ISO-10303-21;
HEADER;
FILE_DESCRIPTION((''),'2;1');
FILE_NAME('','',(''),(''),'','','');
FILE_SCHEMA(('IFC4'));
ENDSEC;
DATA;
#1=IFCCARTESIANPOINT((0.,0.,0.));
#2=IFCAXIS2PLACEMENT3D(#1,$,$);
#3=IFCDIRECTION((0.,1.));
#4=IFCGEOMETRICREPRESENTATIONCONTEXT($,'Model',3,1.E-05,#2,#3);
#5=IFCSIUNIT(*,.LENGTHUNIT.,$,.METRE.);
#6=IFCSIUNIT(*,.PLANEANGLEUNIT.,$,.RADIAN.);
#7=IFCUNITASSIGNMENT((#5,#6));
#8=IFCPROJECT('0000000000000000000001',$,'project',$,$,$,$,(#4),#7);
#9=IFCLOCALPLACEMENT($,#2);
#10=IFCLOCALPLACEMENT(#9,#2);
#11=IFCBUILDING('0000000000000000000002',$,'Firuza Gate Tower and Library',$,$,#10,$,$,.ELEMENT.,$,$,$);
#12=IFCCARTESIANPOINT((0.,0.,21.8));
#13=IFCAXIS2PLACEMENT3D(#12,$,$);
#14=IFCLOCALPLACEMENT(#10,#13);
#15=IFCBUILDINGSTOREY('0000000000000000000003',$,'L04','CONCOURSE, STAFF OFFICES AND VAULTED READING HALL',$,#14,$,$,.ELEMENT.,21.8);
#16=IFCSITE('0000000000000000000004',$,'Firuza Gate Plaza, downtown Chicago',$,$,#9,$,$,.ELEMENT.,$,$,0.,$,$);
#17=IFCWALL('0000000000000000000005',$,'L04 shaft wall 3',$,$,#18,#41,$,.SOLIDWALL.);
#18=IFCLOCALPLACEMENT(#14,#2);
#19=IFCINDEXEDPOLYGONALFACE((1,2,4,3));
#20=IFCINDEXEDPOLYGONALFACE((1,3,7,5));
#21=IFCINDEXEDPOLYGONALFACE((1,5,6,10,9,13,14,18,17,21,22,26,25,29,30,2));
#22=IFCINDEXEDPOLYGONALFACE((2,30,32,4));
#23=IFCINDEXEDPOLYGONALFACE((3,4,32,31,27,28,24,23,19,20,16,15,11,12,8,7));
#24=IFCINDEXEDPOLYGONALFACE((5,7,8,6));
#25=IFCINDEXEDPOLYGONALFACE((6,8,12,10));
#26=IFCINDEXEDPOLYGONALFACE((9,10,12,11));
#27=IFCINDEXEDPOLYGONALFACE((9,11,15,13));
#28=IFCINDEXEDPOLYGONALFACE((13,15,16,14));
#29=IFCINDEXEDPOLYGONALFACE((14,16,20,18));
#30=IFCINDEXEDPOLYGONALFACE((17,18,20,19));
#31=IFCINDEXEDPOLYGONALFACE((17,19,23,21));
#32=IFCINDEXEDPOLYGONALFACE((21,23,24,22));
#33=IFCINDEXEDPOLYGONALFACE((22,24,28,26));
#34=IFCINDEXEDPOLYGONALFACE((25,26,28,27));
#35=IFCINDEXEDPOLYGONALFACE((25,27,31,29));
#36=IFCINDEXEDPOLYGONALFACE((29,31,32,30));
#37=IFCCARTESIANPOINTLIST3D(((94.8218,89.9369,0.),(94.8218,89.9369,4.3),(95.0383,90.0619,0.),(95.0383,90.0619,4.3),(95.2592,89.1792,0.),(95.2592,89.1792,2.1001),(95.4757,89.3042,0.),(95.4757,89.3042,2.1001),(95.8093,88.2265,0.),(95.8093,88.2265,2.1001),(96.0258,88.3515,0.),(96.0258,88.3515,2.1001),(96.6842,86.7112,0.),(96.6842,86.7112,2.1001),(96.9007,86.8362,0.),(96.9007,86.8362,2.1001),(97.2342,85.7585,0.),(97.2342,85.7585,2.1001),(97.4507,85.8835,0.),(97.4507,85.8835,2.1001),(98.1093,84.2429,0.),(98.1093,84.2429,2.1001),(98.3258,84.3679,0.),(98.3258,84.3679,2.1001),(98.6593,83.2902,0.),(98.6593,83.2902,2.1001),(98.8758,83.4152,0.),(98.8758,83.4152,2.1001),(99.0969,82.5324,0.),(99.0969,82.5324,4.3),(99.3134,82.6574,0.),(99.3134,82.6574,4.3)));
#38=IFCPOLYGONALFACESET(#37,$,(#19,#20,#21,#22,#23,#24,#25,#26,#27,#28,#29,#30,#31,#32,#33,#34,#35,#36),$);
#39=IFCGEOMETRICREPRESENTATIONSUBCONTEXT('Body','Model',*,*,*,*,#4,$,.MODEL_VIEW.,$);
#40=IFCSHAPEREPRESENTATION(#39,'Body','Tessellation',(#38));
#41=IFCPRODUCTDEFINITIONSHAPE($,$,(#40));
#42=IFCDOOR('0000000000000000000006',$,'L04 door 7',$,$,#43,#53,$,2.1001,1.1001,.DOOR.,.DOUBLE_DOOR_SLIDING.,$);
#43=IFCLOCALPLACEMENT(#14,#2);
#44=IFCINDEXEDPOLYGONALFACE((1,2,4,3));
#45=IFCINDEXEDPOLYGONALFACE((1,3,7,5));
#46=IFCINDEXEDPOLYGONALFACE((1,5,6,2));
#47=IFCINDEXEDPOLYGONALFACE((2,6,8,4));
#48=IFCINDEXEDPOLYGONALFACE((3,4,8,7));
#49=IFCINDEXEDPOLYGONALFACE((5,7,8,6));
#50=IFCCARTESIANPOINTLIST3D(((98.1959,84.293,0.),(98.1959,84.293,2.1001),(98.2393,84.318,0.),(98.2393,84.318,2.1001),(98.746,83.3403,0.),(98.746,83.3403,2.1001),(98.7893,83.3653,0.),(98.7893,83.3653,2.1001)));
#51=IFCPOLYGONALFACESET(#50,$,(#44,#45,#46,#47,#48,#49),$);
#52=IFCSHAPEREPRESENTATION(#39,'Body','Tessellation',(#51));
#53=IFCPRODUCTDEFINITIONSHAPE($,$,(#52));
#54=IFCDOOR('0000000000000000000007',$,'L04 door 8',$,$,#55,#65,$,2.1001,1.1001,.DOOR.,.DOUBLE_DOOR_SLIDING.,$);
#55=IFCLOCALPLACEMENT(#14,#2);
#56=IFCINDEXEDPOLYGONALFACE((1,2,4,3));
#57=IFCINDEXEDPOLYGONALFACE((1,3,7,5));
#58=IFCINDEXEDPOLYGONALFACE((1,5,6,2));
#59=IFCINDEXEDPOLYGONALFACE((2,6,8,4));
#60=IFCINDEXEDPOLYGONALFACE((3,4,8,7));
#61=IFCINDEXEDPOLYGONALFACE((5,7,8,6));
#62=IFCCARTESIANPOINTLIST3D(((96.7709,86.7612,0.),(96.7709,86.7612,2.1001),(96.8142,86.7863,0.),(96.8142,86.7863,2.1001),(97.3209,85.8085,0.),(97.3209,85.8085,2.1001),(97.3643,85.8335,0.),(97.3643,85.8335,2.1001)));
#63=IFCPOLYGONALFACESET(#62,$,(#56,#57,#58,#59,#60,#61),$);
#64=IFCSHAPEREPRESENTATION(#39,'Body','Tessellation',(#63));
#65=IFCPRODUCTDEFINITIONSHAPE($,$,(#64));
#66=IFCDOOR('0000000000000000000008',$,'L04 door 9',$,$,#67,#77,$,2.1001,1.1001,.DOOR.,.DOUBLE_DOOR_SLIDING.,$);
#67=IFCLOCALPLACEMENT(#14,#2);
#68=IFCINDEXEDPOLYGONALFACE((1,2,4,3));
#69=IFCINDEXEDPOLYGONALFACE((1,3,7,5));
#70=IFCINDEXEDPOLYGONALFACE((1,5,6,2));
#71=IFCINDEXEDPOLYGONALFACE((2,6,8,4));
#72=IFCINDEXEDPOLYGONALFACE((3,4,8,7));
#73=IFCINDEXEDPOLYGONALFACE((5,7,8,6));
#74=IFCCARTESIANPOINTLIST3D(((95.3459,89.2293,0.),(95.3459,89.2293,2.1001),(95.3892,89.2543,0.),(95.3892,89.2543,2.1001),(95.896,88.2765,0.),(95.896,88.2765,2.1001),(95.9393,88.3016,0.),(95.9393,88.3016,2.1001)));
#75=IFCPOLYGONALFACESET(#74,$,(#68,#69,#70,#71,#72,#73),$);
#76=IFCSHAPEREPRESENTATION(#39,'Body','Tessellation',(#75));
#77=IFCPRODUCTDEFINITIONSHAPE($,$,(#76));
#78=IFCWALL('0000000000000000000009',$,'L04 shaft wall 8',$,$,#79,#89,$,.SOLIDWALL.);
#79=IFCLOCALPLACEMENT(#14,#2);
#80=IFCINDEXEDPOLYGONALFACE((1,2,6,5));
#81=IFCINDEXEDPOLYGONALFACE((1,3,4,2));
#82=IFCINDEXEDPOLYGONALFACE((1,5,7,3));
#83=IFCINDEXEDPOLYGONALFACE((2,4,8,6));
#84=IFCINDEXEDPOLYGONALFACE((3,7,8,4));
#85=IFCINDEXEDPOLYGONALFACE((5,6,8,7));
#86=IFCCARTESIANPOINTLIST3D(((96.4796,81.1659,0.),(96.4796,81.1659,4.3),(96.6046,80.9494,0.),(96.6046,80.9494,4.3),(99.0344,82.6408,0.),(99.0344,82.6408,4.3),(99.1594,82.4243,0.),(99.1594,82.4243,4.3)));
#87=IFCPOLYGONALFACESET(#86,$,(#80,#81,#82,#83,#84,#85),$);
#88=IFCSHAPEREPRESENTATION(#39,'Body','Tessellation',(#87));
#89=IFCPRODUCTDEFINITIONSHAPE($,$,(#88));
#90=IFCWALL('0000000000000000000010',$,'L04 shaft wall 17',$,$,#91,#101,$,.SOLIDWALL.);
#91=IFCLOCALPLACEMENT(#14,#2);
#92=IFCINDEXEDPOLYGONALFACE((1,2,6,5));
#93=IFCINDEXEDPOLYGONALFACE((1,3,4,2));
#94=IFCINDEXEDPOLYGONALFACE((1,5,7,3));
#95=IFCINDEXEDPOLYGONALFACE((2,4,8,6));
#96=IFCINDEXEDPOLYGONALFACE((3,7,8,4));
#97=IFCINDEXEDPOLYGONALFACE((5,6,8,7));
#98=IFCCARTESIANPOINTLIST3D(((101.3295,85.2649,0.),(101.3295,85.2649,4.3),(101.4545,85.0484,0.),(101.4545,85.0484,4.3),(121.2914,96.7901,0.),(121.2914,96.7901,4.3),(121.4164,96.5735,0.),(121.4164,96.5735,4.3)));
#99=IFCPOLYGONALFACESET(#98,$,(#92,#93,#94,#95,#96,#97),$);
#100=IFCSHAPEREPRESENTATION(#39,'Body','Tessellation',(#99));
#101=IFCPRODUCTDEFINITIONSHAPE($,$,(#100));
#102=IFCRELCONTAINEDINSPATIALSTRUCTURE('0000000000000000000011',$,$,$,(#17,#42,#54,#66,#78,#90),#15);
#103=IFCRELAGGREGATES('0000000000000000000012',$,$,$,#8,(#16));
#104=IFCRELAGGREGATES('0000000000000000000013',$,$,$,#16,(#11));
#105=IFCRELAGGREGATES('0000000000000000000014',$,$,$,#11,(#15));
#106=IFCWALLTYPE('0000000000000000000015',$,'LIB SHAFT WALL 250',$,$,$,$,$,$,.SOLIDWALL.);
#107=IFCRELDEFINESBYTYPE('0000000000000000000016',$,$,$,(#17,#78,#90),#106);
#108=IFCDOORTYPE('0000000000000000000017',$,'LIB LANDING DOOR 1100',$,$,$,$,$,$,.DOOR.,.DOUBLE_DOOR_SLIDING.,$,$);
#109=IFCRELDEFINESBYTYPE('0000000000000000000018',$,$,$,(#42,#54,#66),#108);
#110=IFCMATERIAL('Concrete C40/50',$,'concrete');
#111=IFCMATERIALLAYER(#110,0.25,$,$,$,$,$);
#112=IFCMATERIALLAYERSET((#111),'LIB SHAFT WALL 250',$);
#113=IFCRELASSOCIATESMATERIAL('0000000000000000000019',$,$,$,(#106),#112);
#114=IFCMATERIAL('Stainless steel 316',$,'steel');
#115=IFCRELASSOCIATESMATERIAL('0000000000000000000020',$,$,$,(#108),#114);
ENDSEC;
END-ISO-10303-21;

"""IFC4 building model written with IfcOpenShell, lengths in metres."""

from ifc_helpers import new_model, si_unit, direction, frame, frame_2d, origin, place, context, subcontext, project, spatial, rectangle, extrude, material, layer, layer_set, type_object, element, fill, save


model = new_model("IFC4")

# Units and contexts
model_context = context("Model", 3, precision=1e-05, world=origin(), true_north=direction((0.0, 1.0)))
body_context = subcontext(model_context, "Body", "Model", "MODEL_VIEW")
ifc_project = project(units=[si_unit("LENGTHUNIT", "METRE"), si_unit("PLANEANGLEUNIT", "RADIAN")], contexts=[model_context])

# Site, building, storey
site_placement = place(None, origin())
site = spatial("IfcSite", under=ifc_project, at=site_placement, Name="Firuza Gate Plaza, downtown Chicago", CompositionType="ELEMENT", RefElevation=0.0)
building_placement = place(site_placement, origin())
building = spatial("IfcBuilding", under=site, at=building_placement, Name="Firuza Gate Tower and Library", CompositionType="ELEMENT")
storey_placement = place(building_placement, frame((0.0, 0.0, 21.8)))
storey = spatial("IfcBuildingStorey", under=building, at=storey_placement, Name="L04", Description="CONCOURSE, STAFF OFFICES AND VAULTED READING HALL", CompositionType="ELEMENT", Elevation=21.8)

# Wall, openings, doors
ifc_material_1 = material(Name="Concrete C40/50", Category="concrete")
ifc_layer_1 = layer(ifc_material_1, 0.25)
ifc_layer_set_1 = layer_set([ifc_layer_1], Name="LIB SHAFT WALL 250")
wall_type_1 = type_object("IfcWallType", Name="LIB SHAFT WALL 250", PredefinedType="SOLIDWALL", material=ifc_layer_set_1)
wall_1_placement = place(storey_placement, frame((99.2051, 82.595, 0.0), z_axis=(0.0, 0.0, 1.0), x_axis=(-0.500012, 0.866019, 0.0)))
wall_1 = element("IfcWall", 1, at=wall_1_placement, inside=storey, type_object=wall_type_1, Name="L04 shaft wall 3", PredefinedType="SOLIDWALL", context=body_context, shape_type="SweptSolid", body=[
    extrude(rectangle(XDim=8.55, YDim=0.25, at=frame_2d((4.2749, 0.0))), origin(), (0.0, 0.0, 1.0), 4.3),
])
opening_1_placement = place(wall_1_placement, frame((0.875, 0.0, 0.0)))
opening_1 = element("IfcOpeningElement", 2, at=opening_1_placement, cuts=wall_1, PredefinedType="OPENING", context=body_context, shape_type="SweptSolid", body=[
    extrude(rectangle(XDim=1.1001, YDim=2.1001, at=frame_2d((0.55, 1.05))), frame((0.0, 0.135, 0.0), z_axis=(0.0, -1.0, 0.0), x_axis=(1.0, 0.0, 0.0)), (0.0, 0.0, 1.0), 0.27),
])
opening_2_placement = place(wall_1_placement, frame((3.7251, 0.0, 0.0)))
opening_2 = element("IfcOpeningElement", 3, at=opening_2_placement, cuts=wall_1, PredefinedType="OPENING", context=body_context, shape_type="SweptSolid", body=[
    extrude(rectangle(XDim=1.1001, YDim=2.1001, at=frame_2d((0.55, 1.05))), frame((0.0, 0.135, 0.0), z_axis=(0.0, -1.0, 0.0), x_axis=(1.0, 0.0, 0.0)), (0.0, 0.0, 1.0), 0.27),
])
opening_3_placement = place(wall_1_placement, frame((6.575, 0.0, 0.0)))
opening_3 = element("IfcOpeningElement", 4, at=opening_3_placement, cuts=wall_1, PredefinedType="OPENING", context=body_context, shape_type="SweptSolid", body=[
    extrude(rectangle(XDim=1.1001, YDim=2.1001, at=frame_2d((0.55, 1.05))), frame((0.0, 0.135, 0.0), z_axis=(0.0, -1.0, 0.0), x_axis=(1.0, 0.0, 0.0)), (0.0, 0.0, 1.0), 0.27),
])
ifc_material_2 = material(Name="Stainless steel 316", Category="steel")
door_type_1 = type_object("IfcDoorType", Name="LIB LANDING DOOR 1100", OperationType="DOUBLE_DOOR_SLIDING", PredefinedType="DOOR", material=ifc_material_2)
door_1_placement = place(opening_1_placement, origin())
door_1 = element("IfcDoor", 5, at=door_1_placement, inside=storey, type_object=door_type_1, Name="L04 door 7", OperationType="DOUBLE_DOOR_SLIDING", OverallHeight=2.1001, OverallWidth=1.1001, PredefinedType="DOOR", context=body_context, shape_type="SweptSolid", body=[
    extrude(rectangle(XDim=1.1001, YDim=2.1001, at=frame_2d((0.55, 1.05))), frame((0.0, 0.0249, 0.0), z_axis=(0.0, -1.0, 0.0), x_axis=(1.0, 0.0, 0.0)), (0.0, 0.0, 1.0), 0.05),
])
fill(opening_1, door_1)
door_2_placement = place(opening_2_placement, origin())
door_2 = element("IfcDoor", 6, at=door_2_placement, inside=storey, type_object=door_type_1, Name="L04 door 8", OperationType="DOUBLE_DOOR_SLIDING", OverallHeight=2.1001, OverallWidth=1.1001, PredefinedType="DOOR", context=body_context, shape_type="SweptSolid", body=[
    extrude(rectangle(XDim=1.1001, YDim=2.1001, at=frame_2d((0.55, 1.05))), frame((0.0, 0.0249, 0.0), z_axis=(0.0, -1.0, 0.0), x_axis=(1.0, 0.0, 0.0)), (0.0, 0.0, 1.0), 0.05),
])
fill(opening_2, door_2)
door_3_placement = place(opening_3_placement, origin())
door_3 = element("IfcDoor", 7, at=door_3_placement, inside=storey, type_object=door_type_1, Name="L04 door 9", OperationType="DOUBLE_DOOR_SLIDING", OverallHeight=2.1001, OverallWidth=1.1001, PredefinedType="DOOR", context=body_context, shape_type="SweptSolid", body=[
    extrude(rectangle(XDim=1.1001, YDim=2.1001, at=frame_2d((0.55, 1.05))), frame((0.0, 0.0249, 0.0), z_axis=(0.0, -1.0, 0.0), x_axis=(1.0, 0.0, 0.0)), (0.0, 0.0, 1.0), 0.05),
])
fill(opening_3, door_3)

# Walls
wall_2_placement = place(storey_placement, frame((96.542, 81.0576, 0.0), z_axis=(0.0, 0.0, 1.0), x_axis=(0.866039, 0.499976, 0.0)))
element("IfcWall", 8, at=wall_2_placement, inside=storey, type_object=wall_type_1, Name="L04 shaft wall 8", PredefinedType="SOLIDWALL", context=body_context, shape_type="SweptSolid", body=[
    extrude(rectangle(XDim=2.95, YDim=0.25, at=frame_2d((1.4751, 0.0))), origin(), (0.0, 0.0, 1.0), 4.3),
])
wall_3_placement = place(storey_placement, frame((101.3921, 85.1567, 0.0), z_axis=(0.0, 0.0, 1.0), x_axis=(0.866023, 0.500004, 0.0)))
element("IfcWall", 9, at=wall_3_placement, inside=storey, type_object=wall_type_1, Name="L04 shaft wall 17", PredefinedType="SOLIDWALL", context=body_context, shape_type="SweptSolid", body=[
    extrude(rectangle(XDim=23.05, YDim=0.25, at=frame_2d((11.5249, 0.0))), origin(), (0.0, 0.0, 1.0), 4.3),
])

save(model, "model.ifc")
